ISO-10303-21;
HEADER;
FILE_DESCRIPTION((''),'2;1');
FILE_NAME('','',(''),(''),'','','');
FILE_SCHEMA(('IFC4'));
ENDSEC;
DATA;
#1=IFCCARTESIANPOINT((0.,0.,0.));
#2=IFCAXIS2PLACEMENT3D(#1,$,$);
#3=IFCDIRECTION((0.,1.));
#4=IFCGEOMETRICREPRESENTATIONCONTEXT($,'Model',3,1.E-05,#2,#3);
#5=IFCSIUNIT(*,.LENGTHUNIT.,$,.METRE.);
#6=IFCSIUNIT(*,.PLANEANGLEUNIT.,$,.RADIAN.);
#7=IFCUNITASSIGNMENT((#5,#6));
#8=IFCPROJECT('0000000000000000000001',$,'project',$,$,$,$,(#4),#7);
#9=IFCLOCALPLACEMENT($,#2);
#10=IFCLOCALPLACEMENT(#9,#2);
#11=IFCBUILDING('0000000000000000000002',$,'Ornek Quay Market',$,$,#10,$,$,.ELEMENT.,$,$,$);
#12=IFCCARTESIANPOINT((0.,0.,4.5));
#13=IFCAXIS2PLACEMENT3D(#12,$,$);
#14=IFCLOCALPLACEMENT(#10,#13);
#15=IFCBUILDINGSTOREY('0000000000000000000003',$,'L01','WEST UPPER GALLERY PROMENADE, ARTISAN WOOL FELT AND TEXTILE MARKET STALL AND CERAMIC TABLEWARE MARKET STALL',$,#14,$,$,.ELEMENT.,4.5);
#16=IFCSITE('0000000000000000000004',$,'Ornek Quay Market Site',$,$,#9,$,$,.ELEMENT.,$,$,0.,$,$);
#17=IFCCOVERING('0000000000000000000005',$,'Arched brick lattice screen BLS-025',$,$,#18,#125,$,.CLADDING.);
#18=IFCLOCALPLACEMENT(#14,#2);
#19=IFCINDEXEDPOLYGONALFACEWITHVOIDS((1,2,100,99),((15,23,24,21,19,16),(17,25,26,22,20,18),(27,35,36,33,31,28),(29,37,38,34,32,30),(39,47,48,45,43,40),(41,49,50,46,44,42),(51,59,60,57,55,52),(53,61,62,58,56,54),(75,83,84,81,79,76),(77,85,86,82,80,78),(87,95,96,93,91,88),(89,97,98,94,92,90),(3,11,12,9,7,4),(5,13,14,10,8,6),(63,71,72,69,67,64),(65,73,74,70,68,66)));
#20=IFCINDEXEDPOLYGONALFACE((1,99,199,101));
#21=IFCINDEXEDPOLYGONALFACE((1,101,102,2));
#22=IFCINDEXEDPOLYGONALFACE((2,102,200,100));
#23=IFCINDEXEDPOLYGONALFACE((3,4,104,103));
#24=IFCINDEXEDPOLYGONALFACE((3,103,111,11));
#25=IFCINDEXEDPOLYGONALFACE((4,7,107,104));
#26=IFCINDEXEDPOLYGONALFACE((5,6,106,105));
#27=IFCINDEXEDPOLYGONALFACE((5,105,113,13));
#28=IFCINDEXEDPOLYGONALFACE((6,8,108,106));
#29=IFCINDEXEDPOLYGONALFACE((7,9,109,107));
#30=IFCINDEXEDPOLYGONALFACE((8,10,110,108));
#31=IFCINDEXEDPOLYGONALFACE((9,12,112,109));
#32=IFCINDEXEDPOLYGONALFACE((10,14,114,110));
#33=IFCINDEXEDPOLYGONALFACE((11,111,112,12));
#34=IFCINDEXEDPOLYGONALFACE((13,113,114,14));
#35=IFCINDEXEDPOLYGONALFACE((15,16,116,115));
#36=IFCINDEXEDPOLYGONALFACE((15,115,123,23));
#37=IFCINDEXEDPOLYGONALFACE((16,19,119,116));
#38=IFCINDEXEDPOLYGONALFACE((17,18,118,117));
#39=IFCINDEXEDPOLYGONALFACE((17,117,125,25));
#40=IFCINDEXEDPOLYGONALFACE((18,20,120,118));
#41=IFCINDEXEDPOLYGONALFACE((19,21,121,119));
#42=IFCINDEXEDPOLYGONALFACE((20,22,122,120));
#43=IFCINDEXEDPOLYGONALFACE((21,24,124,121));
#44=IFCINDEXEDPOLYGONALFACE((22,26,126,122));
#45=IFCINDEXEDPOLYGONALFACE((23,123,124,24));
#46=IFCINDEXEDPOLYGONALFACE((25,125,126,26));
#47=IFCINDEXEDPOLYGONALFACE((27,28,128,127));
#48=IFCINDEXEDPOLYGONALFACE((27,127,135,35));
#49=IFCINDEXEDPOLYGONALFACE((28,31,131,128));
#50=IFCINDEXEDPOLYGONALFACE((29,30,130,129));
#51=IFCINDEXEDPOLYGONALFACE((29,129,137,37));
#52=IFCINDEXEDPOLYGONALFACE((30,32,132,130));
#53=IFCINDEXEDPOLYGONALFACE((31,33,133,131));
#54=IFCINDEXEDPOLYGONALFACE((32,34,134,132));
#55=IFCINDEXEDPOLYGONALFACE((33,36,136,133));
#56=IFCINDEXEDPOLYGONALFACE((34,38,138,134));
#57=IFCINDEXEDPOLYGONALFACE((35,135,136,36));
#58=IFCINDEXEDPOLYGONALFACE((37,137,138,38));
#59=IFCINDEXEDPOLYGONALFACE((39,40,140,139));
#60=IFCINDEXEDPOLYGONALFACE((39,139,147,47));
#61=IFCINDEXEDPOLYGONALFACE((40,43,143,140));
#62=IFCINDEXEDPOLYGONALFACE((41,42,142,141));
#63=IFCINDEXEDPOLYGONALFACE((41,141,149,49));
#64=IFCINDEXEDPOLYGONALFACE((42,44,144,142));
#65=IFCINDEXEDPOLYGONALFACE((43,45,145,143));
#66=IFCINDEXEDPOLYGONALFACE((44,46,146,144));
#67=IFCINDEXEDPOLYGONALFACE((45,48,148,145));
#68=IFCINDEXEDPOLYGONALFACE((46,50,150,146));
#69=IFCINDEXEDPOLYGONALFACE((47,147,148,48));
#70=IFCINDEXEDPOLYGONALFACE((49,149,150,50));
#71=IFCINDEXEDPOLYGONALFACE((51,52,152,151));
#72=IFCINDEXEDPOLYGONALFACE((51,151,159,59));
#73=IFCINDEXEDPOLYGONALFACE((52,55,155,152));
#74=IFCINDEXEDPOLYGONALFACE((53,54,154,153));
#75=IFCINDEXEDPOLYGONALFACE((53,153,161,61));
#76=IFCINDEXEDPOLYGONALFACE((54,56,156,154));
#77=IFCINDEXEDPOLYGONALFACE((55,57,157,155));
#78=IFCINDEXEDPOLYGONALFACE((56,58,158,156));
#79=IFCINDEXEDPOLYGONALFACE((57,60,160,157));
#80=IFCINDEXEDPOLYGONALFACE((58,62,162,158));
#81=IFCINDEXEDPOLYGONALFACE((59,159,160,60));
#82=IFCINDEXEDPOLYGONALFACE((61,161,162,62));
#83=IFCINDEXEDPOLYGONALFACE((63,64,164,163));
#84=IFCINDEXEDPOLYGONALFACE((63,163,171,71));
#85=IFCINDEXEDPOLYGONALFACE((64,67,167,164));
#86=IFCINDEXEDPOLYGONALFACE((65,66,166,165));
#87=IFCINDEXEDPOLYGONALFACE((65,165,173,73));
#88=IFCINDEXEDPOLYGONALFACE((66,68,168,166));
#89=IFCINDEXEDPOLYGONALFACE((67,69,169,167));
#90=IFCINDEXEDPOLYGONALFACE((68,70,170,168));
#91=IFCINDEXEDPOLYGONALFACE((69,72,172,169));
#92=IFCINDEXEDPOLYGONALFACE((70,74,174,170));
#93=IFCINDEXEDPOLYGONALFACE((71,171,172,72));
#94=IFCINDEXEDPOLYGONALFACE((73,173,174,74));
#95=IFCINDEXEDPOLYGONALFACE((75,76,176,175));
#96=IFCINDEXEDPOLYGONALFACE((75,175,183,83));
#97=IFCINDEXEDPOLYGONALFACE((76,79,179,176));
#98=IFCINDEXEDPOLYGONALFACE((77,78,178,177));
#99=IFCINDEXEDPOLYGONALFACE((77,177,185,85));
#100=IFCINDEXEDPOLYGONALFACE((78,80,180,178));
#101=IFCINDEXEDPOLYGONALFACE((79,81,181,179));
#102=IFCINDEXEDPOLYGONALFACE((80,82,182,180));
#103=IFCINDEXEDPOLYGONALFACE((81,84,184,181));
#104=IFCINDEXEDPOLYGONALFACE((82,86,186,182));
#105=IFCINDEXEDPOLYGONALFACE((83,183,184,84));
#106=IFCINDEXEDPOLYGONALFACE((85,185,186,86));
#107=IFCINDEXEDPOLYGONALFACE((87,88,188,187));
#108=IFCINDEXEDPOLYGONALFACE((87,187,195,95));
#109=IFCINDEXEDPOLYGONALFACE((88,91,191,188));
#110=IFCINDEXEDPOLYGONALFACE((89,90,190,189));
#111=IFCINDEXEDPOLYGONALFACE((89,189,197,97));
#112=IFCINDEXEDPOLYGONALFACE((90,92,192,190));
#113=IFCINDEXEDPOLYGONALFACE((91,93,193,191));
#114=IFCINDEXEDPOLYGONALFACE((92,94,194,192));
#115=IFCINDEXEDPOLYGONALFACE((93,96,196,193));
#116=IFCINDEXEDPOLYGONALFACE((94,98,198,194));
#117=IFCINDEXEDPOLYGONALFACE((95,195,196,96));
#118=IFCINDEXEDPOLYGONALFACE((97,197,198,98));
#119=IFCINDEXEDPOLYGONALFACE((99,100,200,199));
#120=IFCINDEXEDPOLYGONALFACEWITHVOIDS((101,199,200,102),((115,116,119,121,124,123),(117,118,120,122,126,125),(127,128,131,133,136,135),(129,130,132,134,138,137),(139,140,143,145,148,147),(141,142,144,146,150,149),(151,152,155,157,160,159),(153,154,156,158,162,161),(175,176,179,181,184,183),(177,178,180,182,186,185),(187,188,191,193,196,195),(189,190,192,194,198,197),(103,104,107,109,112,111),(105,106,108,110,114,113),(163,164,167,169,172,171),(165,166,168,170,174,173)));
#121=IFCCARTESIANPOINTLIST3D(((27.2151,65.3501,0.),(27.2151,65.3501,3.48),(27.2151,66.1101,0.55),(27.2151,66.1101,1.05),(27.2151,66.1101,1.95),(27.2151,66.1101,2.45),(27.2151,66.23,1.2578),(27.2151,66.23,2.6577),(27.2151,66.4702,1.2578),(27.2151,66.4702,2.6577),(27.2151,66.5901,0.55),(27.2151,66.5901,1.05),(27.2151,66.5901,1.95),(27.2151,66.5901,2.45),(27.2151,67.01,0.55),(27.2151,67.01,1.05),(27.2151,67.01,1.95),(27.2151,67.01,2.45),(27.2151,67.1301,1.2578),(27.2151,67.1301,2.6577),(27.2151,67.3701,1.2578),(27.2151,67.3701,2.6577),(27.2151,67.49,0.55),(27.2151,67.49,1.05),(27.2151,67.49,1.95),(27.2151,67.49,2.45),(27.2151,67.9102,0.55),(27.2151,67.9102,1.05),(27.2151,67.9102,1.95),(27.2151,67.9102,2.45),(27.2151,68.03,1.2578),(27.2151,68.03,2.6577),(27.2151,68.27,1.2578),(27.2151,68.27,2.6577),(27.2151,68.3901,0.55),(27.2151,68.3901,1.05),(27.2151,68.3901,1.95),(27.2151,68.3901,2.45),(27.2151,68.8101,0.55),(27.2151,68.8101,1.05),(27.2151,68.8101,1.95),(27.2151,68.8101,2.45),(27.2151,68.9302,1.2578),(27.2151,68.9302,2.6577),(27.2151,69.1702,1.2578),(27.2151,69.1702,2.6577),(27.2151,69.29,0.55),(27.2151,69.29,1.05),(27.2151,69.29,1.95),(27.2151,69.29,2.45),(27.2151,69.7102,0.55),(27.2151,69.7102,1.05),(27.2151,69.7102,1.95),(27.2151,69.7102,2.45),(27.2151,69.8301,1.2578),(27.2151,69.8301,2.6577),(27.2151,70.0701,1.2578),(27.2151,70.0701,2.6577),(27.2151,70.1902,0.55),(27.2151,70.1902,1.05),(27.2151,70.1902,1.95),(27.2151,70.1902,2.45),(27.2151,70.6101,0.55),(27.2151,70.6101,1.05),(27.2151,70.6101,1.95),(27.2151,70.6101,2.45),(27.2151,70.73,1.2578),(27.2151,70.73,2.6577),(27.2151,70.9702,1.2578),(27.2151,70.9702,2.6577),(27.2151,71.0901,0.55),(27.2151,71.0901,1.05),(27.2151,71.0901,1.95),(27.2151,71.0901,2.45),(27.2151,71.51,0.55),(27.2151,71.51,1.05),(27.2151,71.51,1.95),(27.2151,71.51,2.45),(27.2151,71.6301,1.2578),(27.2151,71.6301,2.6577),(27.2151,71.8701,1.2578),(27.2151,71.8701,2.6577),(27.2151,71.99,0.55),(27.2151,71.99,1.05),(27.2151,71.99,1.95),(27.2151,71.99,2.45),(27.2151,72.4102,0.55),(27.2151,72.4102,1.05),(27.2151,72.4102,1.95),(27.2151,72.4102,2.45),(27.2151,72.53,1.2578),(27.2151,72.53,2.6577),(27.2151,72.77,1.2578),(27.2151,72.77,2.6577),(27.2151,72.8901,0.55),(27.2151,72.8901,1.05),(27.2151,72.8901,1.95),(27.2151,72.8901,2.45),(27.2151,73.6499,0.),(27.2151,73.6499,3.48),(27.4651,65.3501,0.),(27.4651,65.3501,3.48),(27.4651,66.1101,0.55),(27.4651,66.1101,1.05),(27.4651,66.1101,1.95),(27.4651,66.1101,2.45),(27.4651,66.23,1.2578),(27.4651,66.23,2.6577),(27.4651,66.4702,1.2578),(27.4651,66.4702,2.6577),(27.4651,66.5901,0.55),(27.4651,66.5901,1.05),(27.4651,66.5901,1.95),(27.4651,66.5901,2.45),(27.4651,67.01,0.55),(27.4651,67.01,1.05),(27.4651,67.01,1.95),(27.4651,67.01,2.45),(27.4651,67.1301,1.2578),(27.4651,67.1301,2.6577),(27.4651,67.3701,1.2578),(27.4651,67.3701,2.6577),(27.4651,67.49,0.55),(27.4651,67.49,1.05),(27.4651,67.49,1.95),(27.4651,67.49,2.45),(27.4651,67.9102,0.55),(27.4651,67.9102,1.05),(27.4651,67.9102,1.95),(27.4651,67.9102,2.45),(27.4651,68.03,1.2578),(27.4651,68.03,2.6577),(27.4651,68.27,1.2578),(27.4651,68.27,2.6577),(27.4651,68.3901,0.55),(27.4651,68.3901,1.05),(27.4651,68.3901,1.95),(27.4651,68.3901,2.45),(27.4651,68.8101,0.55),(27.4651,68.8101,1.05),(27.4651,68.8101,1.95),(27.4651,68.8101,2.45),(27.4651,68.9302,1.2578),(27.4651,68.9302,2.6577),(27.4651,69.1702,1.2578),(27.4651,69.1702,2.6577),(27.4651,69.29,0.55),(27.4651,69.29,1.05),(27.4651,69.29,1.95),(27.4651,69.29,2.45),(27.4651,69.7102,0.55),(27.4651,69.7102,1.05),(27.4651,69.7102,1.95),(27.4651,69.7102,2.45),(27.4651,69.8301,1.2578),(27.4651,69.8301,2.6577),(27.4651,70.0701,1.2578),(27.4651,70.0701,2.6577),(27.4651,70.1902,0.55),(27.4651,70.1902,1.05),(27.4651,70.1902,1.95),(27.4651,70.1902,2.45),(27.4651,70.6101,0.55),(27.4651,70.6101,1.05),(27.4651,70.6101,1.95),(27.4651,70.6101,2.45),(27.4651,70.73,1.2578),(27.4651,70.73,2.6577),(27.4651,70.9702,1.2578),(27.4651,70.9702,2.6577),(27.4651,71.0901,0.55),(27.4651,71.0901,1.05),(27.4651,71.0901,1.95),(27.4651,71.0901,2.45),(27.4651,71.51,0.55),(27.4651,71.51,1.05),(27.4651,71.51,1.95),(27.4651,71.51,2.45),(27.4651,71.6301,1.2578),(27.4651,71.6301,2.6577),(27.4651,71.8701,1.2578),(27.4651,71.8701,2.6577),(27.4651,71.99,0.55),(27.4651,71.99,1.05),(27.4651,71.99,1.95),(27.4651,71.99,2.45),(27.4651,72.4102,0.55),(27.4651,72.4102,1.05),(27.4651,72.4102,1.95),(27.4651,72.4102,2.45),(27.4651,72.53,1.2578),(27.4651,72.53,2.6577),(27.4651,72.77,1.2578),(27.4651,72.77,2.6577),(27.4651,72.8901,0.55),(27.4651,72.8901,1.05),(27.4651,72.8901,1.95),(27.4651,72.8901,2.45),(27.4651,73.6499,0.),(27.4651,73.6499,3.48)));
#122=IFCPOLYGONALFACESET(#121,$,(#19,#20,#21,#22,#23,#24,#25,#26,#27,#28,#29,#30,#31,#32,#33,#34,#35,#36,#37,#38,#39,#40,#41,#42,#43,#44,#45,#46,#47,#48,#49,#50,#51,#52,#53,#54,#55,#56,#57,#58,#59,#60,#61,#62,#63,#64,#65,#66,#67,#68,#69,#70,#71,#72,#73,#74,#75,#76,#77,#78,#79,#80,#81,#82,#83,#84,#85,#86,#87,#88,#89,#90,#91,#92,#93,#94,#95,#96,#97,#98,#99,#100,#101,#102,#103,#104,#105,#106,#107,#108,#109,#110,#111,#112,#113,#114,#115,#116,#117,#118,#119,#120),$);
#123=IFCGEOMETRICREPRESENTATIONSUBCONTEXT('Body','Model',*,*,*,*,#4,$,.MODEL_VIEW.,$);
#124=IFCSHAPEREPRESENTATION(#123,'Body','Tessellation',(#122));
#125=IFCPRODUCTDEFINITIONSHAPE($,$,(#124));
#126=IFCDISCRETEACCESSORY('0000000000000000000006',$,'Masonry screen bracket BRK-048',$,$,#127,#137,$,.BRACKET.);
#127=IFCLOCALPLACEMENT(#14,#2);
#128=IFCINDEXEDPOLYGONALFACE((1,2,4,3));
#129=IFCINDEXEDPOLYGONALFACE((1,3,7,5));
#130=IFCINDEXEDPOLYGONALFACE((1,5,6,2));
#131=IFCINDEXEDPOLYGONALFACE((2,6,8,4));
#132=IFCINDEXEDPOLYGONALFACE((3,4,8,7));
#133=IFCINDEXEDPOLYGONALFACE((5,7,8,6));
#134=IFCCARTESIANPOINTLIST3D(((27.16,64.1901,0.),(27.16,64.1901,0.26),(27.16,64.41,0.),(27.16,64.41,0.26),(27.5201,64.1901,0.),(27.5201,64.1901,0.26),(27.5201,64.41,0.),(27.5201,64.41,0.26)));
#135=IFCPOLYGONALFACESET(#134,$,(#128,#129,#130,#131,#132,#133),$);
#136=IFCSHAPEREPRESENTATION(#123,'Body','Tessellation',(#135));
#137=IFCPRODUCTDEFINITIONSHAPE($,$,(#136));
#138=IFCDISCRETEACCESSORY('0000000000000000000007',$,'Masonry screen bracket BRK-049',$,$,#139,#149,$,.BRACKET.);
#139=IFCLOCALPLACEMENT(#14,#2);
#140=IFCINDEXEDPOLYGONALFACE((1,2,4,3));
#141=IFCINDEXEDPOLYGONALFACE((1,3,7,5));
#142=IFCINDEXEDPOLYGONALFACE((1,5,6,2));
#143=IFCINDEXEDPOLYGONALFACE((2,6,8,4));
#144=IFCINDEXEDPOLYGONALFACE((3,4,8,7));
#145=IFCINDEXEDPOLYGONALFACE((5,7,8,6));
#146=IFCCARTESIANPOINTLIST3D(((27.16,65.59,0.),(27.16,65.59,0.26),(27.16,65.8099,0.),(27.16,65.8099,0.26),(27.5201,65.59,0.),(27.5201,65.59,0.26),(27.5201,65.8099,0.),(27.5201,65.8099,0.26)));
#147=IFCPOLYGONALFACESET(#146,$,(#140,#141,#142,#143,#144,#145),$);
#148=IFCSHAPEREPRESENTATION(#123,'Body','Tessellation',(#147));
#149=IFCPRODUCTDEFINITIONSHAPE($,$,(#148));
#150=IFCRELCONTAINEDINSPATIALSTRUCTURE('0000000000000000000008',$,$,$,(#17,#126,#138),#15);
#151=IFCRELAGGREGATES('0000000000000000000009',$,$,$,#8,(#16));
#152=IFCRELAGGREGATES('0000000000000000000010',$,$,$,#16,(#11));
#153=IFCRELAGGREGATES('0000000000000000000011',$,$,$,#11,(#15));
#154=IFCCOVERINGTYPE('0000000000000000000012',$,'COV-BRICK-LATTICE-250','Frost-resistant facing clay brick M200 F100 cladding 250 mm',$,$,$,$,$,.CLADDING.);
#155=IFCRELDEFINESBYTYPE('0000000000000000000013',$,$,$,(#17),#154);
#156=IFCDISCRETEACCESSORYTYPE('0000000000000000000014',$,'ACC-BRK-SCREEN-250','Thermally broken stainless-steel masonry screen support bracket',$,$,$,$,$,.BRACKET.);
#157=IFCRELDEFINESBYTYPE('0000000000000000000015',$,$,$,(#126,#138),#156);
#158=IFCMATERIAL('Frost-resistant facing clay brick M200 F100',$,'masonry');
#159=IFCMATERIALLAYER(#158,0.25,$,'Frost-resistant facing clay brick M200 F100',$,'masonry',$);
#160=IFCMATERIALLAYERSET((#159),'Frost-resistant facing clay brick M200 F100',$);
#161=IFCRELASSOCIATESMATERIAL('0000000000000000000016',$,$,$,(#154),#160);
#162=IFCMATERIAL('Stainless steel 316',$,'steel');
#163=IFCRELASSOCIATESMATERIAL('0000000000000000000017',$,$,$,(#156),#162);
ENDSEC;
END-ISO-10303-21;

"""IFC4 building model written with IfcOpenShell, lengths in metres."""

from ifc_helpers import new_model, si_unit, direction, frame, origin, origin_2d, place, context, subcontext, project, spatial, polyline, rectangle, outline, extrude, material, layer, layer_set, type_object, element, save


model = new_model("IFC4")

# Units and contexts
model_context = context("Model", 3, precision=1e-05, world=origin(), true_north=direction((0.0, 1.0)))
body_context = subcontext(model_context, "Body", "Model", "MODEL_VIEW")
ifc_project = project(units=[si_unit("LENGTHUNIT", "METRE"), si_unit("PLANEANGLEUNIT", "RADIAN")], contexts=[model_context])

# Site, building, storey
site_placement = place(None, origin())
site = spatial("IfcSite", under=ifc_project, at=site_placement, Name="Ornek Quay Market Site", CompositionType="ELEMENT", RefElevation=0.0)
building_placement = place(site_placement, origin())
building = spatial("IfcBuilding", under=site, at=building_placement, Name="Ornek Quay Market", CompositionType="ELEMENT")
storey_placement = place(building_placement, frame((0.0, 0.0, 4.5)))
storey = spatial("IfcBuildingStorey", under=building, at=storey_placement, Name="L01", Description="WEST UPPER GALLERY PROMENADE, ARTISAN WOOL FELT AND TEXTILE MARKET STALL AND CERAMIC TABLEWARE MARKET STALL", CompositionType="ELEMENT", Elevation=4.5)

# Shared definitions
ifc_material_1 = material(Name="Frost-resistant facing clay brick M200 F100", Category="masonry")

# Covering
ifc_layer_1 = layer(ifc_material_1, 0.25, Name="Frost-resistant facing clay brick M200 F100", Category="masonry")
ifc_layer_set_1 = layer_set([ifc_layer_1], Name="Frost-resistant facing clay brick M200 F100")
covering_type = type_object("IfcCoveringType", Name="COV-BRICK-LATTICE-250", Description="Frost-resistant facing clay brick M200 F100 cladding 250 mm", PredefinedType="CLADDING", material=ifc_layer_set_1)
covering_placement = place(storey_placement, frame((27.3401, 65.3501, 0.0), z_axis=(0.0, 0.0, 1.0), x_axis=(0.0, 1.0, 0.0)))
element("IfcCovering", 1, at=covering_placement, inside=storey, type_object=covering_type, Name="Arched brick lattice screen BLS-025", PredefinedType="CLADDING", context=body_context, shape_type="SweptSolid", body=[
    extrude(outline(polyline([(0.0, 0.0), (8.2998, 0.0), (8.2998, 3.48), (0.0, 3.48), (0.0, 0.0)]), holes=[polyline([(0.76, 0.55), (1.24, 0.55), (1.24, 1.05), (1.1201, 1.2578), (0.8799, 1.2578), (0.76, 1.05), (0.76, 0.55)]), polyline([(0.76, 1.95), (1.24, 1.95), (1.24, 2.45), (1.1201, 2.6577), (0.8799, 2.6577), (0.76, 2.45), (0.76, 1.95)]), polyline([(1.6599, 0.55), (2.1399, 0.55), (2.1399, 1.05), (2.02, 1.2578), (1.78, 1.2578), (1.6599, 1.05), (1.6599, 0.55)]), polyline([(1.6599, 1.95), (2.1399, 1.95), (2.1399, 2.45), (2.02, 2.6577), (1.78, 2.6577), (1.6599, 2.45), (1.6599, 1.95)]), polyline([(2.5601, 0.55), (3.04, 0.55), (3.04, 1.05), (2.9199, 1.2578), (2.6799, 1.2578), (2.5601, 1.05), (2.5601, 0.55)]), polyline([(2.5601, 1.95), (3.04, 1.95), (3.04, 2.45), (2.9199, 2.6577), (2.6799, 2.6577), (2.5601, 2.45), (2.5601, 1.95)]), polyline([(3.46, 0.55), (3.9399, 0.55), (3.9399, 1.05), (3.8201, 1.2578), (3.5801, 1.2578), (3.46, 1.05), (3.46, 0.55)]), polyline([(3.46, 1.95), (3.9399, 1.95), (3.9399, 2.45), (3.8201, 2.6577), (3.5801, 2.6577), (3.46, 2.45), (3.46, 1.95)]), polyline([(4.3601, 0.55), (4.8401, 0.55), (4.8401, 1.05), (4.72, 1.2578), (4.48, 1.2578), (4.3601, 1.05), (4.3601, 0.55)]), polyline([(4.3601, 1.95), (4.8401, 1.95), (4.8401, 2.45), (4.72, 2.6577), (4.48, 2.6577), (4.3601, 2.45), (4.3601, 1.95)]), polyline([(5.26, 0.55), (5.74, 0.55), (5.74, 1.05), (5.6201, 1.2578), (5.3799, 1.2578), (5.26, 1.05), (5.26, 0.55)]), polyline([(5.26, 1.95), (5.74, 1.95), (5.74, 2.45), (5.6201, 2.6577), (5.3799, 2.6577), (5.26, 2.45), (5.26, 1.95)]), polyline([(6.1599, 0.55), (6.6399, 0.55), (6.6399, 1.05), (6.52, 1.2578), (6.28, 1.2578), (6.1599, 1.05), (6.1599, 0.55)]), polyline([(6.1599, 1.95), (6.6399, 1.95), (6.6399, 2.45), (6.52, 2.6577), (6.28, 2.6577), (6.1599, 2.45), (6.1599, 1.95)]), polyline([(7.0601, 0.55), (7.54, 0.55), (7.54, 1.05), (7.4199, 1.2578), (7.1799, 1.2578), (7.0601, 1.05), (7.0601, 0.55)]), polyline([(7.0601, 1.95), (7.54, 1.95), (7.54, 2.45), (7.4199, 2.6577), (7.1799, 2.6577), (7.0601, 2.45), (7.0601, 1.95)])]), frame((0.0, 0.125, 0.0), z_axis=(0.0, -1.0, 0.0), x_axis=(1.0, 0.0, 0.0)), (0.0, 0.0, 1.0), 0.25),
])

# Discrete accessories
ifc_material_2 = material(Name="Stainless steel 316", Category="steel")
discrete_accessory_type = type_object("IfcDiscreteAccessoryType", Name="ACC-BRK-SCREEN-250", Description="Thermally broken stainless-steel masonry screen support bracket", PredefinedType="BRACKET", material=ifc_material_2)
for number, where, z_axis, x_axis, name in (
    (2, (27.3401, 64.3, 0.0), (0.0, 0.0, 1.0), (0.0, 1.0, 0.0), "Masonry screen bracket BRK-048"),
    (3, (27.3401, 65.7, 0.0), (0.0, 0.0, 1.0), (0.0, 1.0, 0.0), "Masonry screen bracket BRK-049"),
):
    element("IfcDiscreteAccessory", number, at=place(storey_placement, frame(where, z_axis=z_axis, x_axis=x_axis)), inside=storey, type_object=discrete_accessory_type, Name=name, PredefinedType="BRACKET", context=body_context, shape_type="SweptSolid", body=[
        extrude(rectangle(XDim=0.22, YDim=0.3601, at=origin_2d()), origin(), (0.0, 0.0, 1.0), 0.26),
    ])

save(model, "model.ifc")
